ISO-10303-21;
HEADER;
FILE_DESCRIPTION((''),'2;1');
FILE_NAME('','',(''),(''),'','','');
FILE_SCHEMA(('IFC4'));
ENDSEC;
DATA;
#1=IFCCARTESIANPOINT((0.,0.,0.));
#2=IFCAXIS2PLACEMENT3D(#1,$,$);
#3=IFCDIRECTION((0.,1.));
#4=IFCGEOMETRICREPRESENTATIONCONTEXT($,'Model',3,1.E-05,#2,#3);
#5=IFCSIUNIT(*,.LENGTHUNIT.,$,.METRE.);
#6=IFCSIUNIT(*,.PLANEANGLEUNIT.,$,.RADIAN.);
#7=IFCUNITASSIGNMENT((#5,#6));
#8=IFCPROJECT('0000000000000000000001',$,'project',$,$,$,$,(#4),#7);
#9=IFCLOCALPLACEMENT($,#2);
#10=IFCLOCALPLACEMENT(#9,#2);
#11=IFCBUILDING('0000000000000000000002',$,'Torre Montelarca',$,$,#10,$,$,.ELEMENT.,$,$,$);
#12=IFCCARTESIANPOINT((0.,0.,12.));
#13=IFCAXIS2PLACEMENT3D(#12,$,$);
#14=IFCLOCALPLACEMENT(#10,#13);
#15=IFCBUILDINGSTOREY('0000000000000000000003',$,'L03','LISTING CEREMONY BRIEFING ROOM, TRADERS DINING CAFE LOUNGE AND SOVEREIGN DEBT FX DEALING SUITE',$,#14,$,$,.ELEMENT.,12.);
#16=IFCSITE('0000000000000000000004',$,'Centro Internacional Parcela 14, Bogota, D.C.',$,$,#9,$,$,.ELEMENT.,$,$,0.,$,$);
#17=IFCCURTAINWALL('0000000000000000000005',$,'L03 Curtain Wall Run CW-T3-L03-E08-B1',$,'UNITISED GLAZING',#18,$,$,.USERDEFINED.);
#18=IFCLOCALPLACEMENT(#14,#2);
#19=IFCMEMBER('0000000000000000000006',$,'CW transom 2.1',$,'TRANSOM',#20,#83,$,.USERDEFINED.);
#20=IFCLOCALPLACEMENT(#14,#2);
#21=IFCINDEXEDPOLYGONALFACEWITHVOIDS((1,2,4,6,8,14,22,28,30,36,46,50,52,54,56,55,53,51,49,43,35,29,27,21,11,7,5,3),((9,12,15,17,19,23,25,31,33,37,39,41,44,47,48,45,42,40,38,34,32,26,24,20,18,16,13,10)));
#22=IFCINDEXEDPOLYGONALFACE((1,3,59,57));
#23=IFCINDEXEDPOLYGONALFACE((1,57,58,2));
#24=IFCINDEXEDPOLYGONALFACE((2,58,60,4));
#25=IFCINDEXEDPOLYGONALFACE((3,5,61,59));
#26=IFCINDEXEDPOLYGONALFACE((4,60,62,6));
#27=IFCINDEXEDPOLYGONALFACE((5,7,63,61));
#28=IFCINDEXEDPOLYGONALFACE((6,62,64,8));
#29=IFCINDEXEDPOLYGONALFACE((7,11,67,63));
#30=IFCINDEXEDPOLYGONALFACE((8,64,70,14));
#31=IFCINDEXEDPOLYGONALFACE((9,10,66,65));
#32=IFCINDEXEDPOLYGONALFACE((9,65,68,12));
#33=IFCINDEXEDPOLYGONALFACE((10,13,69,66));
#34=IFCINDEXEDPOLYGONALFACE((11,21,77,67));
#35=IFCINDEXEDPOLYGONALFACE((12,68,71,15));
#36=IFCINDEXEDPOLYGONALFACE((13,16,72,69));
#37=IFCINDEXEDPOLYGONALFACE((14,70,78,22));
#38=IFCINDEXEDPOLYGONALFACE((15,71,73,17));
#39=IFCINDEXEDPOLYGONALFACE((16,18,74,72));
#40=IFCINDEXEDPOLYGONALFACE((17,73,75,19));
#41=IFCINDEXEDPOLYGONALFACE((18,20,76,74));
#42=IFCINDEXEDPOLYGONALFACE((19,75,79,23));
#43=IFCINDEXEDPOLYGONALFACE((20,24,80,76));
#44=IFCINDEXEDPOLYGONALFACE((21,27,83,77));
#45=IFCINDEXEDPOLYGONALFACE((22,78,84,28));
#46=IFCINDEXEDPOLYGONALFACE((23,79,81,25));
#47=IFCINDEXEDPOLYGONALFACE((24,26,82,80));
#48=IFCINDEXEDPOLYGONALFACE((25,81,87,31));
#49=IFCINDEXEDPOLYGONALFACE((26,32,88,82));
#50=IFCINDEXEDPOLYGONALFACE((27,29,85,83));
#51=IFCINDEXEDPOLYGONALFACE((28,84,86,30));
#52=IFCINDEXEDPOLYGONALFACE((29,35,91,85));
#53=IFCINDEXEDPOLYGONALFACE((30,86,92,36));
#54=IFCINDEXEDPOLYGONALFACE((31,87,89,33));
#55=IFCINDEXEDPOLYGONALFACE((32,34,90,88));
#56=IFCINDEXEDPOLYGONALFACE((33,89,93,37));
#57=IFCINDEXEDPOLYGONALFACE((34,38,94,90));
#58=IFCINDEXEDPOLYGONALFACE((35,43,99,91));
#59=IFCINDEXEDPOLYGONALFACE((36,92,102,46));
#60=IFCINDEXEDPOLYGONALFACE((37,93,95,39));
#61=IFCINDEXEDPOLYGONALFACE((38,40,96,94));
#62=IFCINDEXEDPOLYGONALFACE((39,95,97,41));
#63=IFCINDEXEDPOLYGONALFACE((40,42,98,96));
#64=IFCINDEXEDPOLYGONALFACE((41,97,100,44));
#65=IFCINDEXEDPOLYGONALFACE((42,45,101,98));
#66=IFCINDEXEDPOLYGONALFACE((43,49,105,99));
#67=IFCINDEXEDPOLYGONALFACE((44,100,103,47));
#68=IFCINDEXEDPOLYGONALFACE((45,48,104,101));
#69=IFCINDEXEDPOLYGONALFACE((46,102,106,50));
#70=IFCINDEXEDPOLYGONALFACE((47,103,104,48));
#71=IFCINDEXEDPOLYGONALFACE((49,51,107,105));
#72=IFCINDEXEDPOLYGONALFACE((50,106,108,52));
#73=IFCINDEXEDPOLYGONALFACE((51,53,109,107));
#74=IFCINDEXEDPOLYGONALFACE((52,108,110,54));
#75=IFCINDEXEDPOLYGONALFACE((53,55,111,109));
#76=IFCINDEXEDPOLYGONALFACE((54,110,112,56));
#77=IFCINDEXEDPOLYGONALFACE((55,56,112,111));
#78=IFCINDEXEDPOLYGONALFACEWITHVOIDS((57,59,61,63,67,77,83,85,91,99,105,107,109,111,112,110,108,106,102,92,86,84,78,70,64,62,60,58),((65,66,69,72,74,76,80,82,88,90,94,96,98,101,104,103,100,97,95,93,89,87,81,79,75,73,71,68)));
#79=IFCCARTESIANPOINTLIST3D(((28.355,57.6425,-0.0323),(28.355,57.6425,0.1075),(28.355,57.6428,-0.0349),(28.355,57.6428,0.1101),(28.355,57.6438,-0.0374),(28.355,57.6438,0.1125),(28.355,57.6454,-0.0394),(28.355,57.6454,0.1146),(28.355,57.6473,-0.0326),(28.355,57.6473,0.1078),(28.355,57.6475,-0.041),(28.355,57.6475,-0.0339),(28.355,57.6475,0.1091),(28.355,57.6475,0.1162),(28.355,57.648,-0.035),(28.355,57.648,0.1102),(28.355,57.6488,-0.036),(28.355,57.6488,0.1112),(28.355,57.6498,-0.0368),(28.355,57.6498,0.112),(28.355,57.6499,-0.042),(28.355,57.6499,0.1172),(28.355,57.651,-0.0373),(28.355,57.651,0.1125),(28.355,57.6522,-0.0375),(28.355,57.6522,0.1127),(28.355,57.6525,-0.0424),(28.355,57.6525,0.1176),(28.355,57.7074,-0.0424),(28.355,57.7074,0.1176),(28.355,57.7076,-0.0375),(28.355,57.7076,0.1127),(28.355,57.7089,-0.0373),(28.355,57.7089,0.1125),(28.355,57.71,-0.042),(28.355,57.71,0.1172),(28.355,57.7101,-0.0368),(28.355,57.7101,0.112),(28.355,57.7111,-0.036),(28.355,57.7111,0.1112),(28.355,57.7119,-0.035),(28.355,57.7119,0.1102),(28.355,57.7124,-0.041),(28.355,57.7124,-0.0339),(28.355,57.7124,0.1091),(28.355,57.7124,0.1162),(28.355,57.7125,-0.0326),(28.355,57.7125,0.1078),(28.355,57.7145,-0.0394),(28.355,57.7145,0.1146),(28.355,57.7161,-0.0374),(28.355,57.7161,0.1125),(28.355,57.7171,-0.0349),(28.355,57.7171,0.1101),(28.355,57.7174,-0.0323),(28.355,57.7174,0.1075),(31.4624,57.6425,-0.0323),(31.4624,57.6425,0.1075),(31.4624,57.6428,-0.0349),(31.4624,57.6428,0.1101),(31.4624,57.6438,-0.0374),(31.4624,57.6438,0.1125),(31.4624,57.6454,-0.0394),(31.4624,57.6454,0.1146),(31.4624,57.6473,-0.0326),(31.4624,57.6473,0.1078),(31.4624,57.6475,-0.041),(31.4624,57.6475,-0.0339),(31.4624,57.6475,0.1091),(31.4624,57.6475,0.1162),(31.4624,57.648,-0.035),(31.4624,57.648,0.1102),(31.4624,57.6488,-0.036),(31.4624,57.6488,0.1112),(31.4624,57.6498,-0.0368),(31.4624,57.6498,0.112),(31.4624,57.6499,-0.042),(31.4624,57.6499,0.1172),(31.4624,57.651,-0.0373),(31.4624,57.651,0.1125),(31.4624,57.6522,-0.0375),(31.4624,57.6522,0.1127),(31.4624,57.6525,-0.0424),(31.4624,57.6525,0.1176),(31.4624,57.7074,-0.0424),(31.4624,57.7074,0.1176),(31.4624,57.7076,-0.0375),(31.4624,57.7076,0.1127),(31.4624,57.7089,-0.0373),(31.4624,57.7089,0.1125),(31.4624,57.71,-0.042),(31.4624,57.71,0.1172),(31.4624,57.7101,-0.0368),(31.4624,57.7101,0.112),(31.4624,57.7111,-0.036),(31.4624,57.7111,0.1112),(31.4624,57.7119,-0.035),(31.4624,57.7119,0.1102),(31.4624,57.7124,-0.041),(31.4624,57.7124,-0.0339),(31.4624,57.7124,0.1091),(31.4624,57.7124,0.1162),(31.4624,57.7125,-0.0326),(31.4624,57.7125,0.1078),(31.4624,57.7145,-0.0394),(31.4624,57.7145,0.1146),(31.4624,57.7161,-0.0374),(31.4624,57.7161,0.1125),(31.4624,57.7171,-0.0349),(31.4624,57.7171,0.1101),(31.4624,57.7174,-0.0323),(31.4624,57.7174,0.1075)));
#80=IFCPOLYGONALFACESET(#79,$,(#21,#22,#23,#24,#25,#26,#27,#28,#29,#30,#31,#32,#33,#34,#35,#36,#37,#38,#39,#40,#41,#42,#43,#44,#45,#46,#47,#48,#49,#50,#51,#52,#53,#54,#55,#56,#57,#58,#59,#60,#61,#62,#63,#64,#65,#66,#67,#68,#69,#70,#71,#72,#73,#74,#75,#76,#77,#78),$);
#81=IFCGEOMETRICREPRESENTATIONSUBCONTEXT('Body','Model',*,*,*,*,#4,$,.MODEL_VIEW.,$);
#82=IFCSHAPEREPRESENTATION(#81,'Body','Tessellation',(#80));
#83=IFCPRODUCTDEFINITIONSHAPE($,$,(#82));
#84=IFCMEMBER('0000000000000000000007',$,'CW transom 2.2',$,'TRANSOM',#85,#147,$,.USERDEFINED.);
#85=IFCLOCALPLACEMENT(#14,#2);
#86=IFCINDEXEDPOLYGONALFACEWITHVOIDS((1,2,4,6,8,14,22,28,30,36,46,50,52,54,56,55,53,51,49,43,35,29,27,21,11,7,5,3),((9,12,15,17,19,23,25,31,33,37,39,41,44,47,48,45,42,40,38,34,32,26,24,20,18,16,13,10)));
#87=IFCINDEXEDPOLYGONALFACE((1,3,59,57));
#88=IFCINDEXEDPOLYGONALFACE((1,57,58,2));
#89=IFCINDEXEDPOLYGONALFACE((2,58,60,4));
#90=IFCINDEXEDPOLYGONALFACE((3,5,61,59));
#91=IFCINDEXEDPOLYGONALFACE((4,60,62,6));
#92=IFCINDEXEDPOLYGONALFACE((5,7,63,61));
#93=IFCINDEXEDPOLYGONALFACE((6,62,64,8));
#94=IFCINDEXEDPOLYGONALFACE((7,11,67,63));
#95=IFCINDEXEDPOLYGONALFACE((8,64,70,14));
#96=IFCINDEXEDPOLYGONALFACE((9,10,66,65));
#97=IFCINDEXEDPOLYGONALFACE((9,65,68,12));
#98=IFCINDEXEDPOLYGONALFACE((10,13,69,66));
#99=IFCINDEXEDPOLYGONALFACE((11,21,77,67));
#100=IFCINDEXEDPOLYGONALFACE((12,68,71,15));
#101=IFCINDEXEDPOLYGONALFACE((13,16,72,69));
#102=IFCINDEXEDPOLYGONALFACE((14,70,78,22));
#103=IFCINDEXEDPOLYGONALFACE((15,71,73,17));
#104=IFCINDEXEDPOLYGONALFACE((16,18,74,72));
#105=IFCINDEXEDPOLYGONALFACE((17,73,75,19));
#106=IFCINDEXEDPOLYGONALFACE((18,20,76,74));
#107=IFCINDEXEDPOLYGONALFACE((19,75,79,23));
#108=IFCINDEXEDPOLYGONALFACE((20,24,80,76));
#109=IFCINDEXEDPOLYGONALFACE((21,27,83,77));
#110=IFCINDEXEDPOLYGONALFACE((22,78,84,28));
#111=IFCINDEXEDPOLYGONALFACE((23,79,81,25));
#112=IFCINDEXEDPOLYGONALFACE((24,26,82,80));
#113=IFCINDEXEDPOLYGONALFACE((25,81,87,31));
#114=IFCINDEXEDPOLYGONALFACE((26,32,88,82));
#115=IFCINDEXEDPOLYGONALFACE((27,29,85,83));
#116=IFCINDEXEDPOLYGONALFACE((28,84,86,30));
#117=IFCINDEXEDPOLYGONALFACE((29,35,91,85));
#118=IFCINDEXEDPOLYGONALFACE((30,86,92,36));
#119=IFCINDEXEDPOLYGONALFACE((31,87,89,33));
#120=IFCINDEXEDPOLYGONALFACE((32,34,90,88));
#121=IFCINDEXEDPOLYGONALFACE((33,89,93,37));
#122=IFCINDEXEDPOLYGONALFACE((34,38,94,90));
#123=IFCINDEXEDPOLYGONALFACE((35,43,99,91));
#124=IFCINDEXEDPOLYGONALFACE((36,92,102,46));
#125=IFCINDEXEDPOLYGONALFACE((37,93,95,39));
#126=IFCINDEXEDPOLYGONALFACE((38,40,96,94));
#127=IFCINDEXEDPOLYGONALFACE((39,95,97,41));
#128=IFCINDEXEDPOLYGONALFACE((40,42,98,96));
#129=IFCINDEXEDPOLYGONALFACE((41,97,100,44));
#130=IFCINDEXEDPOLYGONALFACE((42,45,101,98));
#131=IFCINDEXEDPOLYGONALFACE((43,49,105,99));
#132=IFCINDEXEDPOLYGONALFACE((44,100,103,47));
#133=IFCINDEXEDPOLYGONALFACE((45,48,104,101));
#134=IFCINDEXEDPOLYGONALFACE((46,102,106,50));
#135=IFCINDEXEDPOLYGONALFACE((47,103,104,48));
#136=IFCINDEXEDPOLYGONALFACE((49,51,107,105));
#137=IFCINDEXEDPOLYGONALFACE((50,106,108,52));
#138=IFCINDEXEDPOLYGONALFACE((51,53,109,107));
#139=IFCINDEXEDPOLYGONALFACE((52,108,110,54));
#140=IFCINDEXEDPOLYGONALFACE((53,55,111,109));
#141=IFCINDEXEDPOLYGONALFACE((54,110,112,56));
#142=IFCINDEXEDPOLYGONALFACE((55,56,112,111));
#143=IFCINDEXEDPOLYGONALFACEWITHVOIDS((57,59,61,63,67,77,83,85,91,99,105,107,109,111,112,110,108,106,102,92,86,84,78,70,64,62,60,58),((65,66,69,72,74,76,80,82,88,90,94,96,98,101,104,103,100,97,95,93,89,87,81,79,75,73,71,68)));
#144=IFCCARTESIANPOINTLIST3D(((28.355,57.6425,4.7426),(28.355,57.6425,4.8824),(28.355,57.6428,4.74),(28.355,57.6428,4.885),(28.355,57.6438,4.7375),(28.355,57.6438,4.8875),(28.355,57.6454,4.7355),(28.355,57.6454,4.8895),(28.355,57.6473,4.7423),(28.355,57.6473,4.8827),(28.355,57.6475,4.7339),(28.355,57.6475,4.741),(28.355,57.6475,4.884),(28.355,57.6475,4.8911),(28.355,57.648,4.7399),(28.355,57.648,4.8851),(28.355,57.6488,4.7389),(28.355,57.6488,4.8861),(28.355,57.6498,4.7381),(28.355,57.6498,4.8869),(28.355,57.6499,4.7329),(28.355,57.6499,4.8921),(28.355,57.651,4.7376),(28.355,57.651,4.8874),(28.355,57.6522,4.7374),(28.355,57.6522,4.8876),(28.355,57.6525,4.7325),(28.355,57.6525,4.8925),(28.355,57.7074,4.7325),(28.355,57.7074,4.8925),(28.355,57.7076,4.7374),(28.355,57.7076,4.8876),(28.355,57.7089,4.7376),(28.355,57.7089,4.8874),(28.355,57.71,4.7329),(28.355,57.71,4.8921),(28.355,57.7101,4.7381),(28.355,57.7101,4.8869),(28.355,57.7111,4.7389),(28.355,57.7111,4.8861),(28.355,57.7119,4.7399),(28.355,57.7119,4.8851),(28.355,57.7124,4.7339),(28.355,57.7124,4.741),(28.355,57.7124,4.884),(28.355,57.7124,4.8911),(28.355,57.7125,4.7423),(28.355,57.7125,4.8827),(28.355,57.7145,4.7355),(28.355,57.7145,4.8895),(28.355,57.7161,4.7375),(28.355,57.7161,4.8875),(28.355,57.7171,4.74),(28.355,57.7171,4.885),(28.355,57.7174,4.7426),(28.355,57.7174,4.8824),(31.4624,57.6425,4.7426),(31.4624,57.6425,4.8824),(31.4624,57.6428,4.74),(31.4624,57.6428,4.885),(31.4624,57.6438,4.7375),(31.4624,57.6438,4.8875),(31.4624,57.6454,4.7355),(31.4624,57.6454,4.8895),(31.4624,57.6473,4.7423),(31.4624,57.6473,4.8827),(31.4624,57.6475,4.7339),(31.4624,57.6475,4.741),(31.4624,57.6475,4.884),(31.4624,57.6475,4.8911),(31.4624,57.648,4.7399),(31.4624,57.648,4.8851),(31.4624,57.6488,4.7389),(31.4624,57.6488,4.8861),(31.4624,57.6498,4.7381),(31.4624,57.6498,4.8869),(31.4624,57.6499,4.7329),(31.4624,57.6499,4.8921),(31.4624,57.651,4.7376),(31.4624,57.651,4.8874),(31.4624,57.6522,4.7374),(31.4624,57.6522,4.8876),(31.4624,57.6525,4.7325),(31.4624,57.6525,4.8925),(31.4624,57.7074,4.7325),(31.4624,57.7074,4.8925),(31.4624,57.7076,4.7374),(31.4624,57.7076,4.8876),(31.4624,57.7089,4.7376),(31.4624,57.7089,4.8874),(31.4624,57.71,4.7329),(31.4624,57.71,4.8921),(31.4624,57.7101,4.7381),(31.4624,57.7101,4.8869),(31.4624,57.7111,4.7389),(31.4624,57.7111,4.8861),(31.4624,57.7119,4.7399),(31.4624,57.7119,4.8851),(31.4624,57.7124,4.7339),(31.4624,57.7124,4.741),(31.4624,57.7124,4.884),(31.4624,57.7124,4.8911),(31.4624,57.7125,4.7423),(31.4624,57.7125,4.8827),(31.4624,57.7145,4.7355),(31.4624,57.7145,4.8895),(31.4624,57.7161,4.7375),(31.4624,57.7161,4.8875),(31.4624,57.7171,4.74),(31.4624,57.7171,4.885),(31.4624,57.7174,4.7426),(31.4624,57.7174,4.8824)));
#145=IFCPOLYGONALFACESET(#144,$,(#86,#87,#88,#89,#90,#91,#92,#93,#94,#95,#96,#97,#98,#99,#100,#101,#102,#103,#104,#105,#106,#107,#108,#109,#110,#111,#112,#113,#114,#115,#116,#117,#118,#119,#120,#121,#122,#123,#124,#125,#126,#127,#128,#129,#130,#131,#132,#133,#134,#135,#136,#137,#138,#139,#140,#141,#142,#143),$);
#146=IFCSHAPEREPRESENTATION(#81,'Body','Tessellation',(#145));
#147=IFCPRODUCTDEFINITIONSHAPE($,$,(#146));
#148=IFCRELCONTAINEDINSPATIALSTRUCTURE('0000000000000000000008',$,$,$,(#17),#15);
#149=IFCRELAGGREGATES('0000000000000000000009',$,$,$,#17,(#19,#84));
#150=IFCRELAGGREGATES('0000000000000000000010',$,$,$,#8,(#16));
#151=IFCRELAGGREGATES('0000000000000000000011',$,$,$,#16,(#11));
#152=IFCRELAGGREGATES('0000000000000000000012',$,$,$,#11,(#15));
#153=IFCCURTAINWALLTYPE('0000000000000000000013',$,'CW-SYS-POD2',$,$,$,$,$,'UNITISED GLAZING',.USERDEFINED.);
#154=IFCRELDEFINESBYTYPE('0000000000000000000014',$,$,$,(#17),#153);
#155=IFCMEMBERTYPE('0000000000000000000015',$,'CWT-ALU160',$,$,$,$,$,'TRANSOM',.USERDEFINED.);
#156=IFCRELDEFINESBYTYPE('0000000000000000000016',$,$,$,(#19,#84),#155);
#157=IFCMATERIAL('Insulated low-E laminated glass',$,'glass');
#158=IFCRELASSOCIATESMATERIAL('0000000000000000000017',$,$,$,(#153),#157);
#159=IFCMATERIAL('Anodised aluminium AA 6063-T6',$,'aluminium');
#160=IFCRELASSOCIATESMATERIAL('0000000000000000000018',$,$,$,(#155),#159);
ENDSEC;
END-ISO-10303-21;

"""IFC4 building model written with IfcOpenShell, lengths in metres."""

from ifc_helpers import new_model, si_unit, direction, frame, origin, origin_2d, place, context, subcontext, project, spatial, hollow_rectangle, extrude, source, transform, mapped, material, material_profile, profile_set, type_object, element, aggregate, save


model = new_model("IFC4")

# Units and contexts
model_context = context("Model", 3, precision=1e-05, world=origin(), true_north=direction((0.0, 1.0)))
body_context = subcontext(model_context, "Body", "Model", "MODEL_VIEW")
ifc_project = project(units=[si_unit("LENGTHUNIT", "METRE"), si_unit("PLANEANGLEUNIT", "RADIAN")], contexts=[model_context])

# Site, building, storey
site_placement = place(None, origin())
site = spatial("IfcSite", under=ifc_project, at=site_placement, Name="Centro Internacional Parcela 14, Bogota, D.C.", CompositionType="ELEMENT", RefElevation=0.0)
building_placement = place(site_placement, origin())
building = spatial("IfcBuilding", under=site, at=building_placement, Name="Torre Montelarca", CompositionType="ELEMENT")
storey_placement = place(building_placement, frame((0.0, 0.0, 12.0)))
storey = spatial("IfcBuildingStorey", under=building, at=storey_placement, Name="L03", Description="LISTING CEREMONY BRIEFING ROOM, TRADERS DINING CAFE LOUNGE AND SOVEREIGN DEBT FX DEALING SUITE", CompositionType="ELEMENT", Elevation=12.0)

# Curtain wall, members
ifc_material_1 = material(Name="Insulated low-E laminated glass", Category="glass")
curtain_wall_type = type_object("IfcCurtainWallType", Name="CW-SYS-POD2", ElementType="UNITISED GLAZING", PredefinedType="USERDEFINED", material=ifc_material_1)
curtain_wall_placement = place(storey_placement, origin())
curtain_wall = element("IfcCurtainWall", 1, at=curtain_wall_placement, inside=storey, type_object=curtain_wall_type, Name="L03 Curtain Wall Run CW-T3-L03-E08-B1", ObjectType="UNITISED GLAZING", PredefinedType="USERDEFINED")
ifc_material_2 = material(Name="Anodised aluminium AA 6063-T6", Category="aluminium")
ifc_material_profile_1 = material_profile(ifc_material_2, hollow_rectangle(XDim=0.075, YDim=0.1599, WallThickness=0.0049, InnerFilletRadius=0.0049, OuterFilletRadius=0.01, at=origin_2d()), Name="ALU75X160X5", Category="aluminium")
ifc_profile_set_1 = profile_set([ifc_material_profile_1], Name="Anodised aluminium AA 6063-T6")
member_type_1 = type_object("IfcMemberType", Name="CWT-ALU160", ElementType="TRANSOM", PredefinedType="USERDEFINED", material=ifc_profile_set_1)
shared_shape_1 = source(origin(), body_context, "Body", "SweptSolid", [
    extrude(hollow_rectangle(XDim=0.075, YDim=0.1599, WallThickness=0.0049, InnerFilletRadius=0.0049, OuterFilletRadius=0.01, at=origin_2d()), origin(), (0.0, 0.0, 1.0), 3.1074),
])
member_1_placement = place(storey_placement, frame((31.4624, 57.6799, 0.0376), z_axis=(-1.0, 0.0, 0.0), x_axis=(0.0, -1.0, 0.0)))
member_1 = element("IfcMember", 2, at=member_1_placement, type_object=member_type_1, Name="CW transom 2.1", ObjectType="TRANSOM", PredefinedType="USERDEFINED", context=body_context, shape_type="MappedRepresentation", body=[
    mapped(shared_shape_1, transform((0.0, 0.0, 0.0), scale=1.0)),
])
member_2_placement = place(storey_placement, frame((31.4624, 57.6799, 4.8125), z_axis=(-1.0, 0.0, 0.0), x_axis=(0.0, -1.0, 0.0)))
member_2 = element("IfcMember", 3, at=member_2_placement, type_object=member_type_1, Name="CW transom 2.2", ObjectType="TRANSOM", PredefinedType="USERDEFINED", context=body_context, shape_type="MappedRepresentation", body=[
    mapped(shared_shape_1, transform((0.0, 0.0, 0.0), scale=1.0)),
])
aggregate(curtain_wall, [member_1, member_2])

save(model, "model.ifc")
